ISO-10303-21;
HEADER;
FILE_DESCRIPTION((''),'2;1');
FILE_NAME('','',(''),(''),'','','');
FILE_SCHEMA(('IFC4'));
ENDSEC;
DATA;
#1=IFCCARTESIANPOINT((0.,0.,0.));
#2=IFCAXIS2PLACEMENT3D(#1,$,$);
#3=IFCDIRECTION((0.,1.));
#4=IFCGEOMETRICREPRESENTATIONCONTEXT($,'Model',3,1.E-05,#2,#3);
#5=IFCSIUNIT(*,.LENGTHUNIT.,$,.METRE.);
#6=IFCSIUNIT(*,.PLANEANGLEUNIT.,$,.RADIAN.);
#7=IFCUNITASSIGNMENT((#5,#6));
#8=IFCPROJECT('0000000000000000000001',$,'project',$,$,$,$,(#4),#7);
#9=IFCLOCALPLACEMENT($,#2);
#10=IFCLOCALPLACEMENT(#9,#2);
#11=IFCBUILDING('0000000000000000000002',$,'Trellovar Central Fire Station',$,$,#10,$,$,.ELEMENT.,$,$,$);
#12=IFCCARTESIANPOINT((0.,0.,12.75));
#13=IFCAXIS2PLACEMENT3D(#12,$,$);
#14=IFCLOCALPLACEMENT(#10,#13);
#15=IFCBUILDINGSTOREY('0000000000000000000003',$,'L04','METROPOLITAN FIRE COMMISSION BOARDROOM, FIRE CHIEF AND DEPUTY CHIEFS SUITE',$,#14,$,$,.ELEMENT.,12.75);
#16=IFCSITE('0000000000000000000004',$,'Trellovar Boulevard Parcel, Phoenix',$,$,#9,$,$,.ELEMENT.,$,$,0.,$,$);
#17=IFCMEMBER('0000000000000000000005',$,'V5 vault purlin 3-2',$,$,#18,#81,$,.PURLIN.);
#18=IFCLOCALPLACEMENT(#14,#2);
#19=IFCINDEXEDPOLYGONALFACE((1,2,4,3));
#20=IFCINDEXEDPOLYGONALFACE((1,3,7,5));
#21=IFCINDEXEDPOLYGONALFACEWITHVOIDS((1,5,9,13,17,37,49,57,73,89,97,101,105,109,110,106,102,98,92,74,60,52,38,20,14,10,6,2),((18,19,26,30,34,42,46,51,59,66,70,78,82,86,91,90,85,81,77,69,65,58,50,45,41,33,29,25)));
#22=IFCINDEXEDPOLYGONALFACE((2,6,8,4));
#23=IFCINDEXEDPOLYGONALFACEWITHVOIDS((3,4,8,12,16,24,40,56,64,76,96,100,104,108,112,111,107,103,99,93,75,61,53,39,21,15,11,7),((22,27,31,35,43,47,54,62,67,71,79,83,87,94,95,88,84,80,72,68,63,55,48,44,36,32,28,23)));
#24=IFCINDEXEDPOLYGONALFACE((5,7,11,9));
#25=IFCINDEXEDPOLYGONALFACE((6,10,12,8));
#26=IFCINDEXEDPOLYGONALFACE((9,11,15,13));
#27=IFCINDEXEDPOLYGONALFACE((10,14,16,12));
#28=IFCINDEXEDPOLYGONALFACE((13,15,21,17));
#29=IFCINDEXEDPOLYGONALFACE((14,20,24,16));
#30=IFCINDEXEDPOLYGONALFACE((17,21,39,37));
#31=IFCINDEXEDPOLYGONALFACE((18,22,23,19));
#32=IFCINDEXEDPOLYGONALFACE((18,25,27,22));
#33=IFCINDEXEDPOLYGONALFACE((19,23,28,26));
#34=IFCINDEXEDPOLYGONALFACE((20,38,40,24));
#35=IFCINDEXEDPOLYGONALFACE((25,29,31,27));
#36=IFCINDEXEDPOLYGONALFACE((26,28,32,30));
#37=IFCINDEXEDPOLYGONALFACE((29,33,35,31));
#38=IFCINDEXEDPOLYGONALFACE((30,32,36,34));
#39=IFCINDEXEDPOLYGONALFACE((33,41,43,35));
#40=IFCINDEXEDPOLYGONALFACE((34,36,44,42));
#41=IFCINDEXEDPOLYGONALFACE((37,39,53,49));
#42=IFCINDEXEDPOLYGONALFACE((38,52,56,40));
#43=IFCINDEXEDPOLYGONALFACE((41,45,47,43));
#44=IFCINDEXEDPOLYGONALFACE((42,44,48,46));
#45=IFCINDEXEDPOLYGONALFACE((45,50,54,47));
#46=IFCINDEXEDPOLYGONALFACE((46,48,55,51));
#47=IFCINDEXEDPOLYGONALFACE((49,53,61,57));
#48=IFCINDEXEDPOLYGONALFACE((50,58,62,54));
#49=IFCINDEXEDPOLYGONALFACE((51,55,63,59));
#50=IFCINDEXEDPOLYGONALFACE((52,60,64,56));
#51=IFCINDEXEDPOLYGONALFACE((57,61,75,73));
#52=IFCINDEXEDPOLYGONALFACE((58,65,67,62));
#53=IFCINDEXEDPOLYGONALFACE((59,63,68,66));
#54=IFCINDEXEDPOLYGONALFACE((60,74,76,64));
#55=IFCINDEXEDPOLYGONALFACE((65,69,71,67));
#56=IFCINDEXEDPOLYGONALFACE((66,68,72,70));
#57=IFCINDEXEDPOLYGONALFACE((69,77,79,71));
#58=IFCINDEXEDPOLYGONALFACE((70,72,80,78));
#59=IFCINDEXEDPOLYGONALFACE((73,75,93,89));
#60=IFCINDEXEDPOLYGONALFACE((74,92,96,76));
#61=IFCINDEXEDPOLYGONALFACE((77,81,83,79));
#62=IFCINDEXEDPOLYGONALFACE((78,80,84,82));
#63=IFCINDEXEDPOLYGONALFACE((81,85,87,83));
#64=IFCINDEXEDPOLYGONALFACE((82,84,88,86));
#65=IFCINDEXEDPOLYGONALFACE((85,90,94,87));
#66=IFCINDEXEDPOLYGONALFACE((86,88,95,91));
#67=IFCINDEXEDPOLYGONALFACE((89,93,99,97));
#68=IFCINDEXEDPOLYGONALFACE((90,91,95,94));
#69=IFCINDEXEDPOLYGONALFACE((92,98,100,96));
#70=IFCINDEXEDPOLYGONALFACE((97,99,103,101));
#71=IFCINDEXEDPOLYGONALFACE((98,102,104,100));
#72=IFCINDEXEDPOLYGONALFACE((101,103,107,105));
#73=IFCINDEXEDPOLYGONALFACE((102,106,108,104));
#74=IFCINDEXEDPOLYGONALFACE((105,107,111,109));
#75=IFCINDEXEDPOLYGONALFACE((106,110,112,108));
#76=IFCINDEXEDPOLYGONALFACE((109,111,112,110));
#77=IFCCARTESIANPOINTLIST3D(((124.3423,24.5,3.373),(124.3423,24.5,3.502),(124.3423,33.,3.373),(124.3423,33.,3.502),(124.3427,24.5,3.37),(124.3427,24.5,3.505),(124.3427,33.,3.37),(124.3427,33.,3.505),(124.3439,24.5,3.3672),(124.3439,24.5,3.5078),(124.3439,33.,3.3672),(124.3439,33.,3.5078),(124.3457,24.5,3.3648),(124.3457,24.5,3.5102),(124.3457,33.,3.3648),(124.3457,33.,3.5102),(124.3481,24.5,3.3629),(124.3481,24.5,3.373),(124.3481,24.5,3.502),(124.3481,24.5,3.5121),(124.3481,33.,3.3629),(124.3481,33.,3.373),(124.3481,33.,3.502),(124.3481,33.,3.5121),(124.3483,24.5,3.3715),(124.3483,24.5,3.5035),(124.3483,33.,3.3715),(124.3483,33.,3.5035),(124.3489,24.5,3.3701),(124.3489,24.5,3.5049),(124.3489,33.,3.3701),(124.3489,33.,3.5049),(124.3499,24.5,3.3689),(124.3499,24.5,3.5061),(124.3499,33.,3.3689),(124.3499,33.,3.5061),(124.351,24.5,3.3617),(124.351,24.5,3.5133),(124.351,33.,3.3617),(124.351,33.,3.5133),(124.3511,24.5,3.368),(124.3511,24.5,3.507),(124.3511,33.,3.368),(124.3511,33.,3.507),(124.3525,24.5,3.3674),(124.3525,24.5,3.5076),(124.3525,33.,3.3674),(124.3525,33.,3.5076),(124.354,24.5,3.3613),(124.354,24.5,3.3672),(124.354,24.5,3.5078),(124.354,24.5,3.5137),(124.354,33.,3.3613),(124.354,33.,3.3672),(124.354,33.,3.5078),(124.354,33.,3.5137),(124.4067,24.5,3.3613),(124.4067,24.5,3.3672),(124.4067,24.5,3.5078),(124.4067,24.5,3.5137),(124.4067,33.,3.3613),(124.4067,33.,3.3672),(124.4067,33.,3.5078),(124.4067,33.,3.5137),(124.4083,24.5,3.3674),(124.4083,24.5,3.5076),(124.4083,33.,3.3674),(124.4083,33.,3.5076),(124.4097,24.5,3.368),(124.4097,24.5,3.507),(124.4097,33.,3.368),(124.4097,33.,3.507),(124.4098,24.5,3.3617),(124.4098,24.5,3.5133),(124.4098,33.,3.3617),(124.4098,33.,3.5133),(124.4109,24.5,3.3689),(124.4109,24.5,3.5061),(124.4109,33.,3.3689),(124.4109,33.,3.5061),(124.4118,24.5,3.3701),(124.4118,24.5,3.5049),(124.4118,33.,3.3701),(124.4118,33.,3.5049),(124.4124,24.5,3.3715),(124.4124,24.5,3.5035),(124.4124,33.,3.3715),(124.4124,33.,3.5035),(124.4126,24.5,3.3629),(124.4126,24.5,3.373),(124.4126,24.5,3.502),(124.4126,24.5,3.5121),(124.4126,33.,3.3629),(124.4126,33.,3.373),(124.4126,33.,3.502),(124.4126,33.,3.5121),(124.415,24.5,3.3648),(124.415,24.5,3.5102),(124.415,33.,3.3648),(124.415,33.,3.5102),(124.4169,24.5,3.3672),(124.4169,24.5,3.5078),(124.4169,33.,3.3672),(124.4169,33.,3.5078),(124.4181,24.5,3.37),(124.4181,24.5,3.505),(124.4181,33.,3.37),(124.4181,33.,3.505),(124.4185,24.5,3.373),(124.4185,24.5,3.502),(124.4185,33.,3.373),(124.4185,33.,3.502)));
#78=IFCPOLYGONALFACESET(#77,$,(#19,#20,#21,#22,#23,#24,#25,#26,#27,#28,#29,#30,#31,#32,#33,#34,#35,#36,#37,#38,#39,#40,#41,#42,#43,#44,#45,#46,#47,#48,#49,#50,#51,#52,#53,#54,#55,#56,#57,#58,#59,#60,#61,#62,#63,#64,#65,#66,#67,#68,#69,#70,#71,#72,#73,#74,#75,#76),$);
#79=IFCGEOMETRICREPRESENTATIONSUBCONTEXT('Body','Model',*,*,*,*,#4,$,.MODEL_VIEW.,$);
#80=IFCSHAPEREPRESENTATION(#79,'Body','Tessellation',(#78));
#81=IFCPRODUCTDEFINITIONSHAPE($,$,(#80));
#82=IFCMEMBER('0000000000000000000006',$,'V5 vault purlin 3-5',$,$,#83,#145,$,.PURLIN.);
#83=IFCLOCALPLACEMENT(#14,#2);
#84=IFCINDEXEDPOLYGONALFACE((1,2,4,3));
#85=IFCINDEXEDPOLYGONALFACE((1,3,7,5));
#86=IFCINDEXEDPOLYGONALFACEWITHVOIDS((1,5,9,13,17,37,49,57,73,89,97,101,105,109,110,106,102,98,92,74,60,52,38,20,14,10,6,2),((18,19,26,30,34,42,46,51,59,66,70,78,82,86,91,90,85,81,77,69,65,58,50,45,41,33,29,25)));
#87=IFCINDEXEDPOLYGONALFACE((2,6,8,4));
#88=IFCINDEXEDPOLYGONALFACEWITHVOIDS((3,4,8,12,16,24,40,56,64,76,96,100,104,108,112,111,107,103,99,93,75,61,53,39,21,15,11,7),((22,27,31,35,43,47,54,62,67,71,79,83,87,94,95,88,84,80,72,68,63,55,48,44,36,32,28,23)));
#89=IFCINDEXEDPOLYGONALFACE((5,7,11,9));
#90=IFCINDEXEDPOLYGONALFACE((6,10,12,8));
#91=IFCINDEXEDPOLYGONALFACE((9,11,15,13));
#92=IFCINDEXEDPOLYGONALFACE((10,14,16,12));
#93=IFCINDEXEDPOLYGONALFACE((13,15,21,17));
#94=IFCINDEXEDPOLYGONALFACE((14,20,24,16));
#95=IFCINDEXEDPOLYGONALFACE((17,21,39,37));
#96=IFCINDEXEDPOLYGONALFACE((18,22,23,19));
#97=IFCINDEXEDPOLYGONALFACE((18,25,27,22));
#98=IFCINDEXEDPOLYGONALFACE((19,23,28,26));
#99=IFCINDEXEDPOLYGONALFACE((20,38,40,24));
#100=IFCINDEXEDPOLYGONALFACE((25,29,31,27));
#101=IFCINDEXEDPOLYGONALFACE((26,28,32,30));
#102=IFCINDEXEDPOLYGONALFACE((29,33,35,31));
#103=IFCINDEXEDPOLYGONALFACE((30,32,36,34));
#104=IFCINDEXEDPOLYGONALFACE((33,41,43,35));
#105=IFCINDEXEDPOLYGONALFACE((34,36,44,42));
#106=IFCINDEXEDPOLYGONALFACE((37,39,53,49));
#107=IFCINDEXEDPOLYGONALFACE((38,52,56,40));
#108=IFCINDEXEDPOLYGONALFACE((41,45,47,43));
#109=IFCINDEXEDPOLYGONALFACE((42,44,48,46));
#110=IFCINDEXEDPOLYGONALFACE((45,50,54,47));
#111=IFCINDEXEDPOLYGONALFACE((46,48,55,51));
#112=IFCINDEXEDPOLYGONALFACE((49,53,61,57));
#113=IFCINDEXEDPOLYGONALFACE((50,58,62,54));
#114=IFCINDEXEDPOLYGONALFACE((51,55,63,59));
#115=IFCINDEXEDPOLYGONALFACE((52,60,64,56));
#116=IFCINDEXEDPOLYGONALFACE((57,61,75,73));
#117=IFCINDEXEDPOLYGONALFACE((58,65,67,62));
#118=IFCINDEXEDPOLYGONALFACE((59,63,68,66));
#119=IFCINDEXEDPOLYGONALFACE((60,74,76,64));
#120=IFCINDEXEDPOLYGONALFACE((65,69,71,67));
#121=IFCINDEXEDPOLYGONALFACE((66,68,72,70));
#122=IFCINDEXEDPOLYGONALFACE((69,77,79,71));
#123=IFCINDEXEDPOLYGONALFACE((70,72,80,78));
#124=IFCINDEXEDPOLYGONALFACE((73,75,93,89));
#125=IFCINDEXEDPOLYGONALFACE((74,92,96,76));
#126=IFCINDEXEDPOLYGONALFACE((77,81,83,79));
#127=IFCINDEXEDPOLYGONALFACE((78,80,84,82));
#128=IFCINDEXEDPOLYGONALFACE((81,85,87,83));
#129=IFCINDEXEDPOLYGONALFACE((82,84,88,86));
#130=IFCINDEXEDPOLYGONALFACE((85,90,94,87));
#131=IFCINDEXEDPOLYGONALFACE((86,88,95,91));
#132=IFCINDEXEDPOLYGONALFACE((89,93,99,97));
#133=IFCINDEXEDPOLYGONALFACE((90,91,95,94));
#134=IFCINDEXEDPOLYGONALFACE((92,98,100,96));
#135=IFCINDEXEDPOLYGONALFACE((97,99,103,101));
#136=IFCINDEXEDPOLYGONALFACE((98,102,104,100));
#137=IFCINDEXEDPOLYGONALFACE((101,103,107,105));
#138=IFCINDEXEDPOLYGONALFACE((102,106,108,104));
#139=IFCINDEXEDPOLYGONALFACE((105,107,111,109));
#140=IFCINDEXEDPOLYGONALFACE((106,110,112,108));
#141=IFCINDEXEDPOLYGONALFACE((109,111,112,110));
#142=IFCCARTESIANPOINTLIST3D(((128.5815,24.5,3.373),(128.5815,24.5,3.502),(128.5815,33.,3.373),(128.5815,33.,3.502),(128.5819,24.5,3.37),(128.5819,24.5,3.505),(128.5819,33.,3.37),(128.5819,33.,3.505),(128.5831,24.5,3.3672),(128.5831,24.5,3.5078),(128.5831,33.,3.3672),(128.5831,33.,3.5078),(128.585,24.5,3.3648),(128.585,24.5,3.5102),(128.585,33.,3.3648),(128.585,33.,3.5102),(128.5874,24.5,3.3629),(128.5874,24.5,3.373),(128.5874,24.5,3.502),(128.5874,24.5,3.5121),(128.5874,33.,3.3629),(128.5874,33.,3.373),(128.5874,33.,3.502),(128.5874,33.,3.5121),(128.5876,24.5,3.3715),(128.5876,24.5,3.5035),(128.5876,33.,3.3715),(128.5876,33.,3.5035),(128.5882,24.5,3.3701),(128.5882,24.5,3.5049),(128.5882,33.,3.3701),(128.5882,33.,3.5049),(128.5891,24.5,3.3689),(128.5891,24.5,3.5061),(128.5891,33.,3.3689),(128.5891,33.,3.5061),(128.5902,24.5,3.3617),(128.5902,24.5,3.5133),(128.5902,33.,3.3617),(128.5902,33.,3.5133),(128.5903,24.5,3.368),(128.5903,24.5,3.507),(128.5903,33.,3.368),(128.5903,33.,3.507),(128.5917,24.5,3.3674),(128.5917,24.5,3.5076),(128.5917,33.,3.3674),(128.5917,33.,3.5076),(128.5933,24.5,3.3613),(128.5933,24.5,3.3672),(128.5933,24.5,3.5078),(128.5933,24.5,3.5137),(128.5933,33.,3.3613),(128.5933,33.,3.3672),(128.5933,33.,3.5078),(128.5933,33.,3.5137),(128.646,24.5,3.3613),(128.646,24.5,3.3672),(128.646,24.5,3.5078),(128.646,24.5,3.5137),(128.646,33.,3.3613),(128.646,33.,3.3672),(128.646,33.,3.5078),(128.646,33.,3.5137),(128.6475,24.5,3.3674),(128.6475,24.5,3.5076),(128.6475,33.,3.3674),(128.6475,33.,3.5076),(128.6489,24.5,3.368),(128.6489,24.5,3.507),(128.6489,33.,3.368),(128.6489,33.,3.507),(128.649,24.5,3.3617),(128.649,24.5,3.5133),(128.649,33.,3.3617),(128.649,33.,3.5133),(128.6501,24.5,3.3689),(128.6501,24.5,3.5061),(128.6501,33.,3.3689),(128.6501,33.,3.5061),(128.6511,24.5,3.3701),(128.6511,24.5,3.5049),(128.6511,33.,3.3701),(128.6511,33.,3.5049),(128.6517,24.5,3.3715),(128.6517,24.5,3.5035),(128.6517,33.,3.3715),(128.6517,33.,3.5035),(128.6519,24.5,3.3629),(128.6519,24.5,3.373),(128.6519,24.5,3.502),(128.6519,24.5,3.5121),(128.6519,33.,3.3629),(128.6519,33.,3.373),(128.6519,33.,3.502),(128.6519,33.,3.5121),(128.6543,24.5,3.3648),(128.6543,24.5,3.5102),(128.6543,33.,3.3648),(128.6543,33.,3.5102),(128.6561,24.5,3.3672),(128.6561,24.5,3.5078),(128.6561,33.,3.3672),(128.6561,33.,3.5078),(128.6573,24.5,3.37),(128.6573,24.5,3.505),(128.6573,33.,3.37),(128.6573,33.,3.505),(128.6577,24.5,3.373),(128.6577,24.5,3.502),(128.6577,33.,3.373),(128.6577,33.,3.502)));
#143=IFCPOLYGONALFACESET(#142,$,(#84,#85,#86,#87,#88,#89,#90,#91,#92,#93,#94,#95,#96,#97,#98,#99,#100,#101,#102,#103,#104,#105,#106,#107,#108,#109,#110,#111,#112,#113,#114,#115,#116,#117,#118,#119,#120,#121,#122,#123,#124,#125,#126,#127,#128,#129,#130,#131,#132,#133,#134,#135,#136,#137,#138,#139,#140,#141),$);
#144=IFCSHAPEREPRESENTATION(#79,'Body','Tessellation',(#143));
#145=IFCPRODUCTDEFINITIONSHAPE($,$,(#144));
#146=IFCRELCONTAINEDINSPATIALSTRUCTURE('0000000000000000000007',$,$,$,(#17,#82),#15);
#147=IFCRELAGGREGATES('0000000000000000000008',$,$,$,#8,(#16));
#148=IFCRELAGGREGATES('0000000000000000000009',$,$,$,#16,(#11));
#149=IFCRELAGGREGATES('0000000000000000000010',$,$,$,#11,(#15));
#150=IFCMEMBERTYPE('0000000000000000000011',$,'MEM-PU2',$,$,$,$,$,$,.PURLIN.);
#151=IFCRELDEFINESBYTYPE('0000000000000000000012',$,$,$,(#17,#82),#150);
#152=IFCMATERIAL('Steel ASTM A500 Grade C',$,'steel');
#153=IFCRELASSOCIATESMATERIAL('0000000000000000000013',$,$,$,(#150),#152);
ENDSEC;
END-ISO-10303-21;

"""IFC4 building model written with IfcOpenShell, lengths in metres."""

from ifc_helpers import new_model, si_unit, direction, frame, origin, origin_2d, place, context, subcontext, project, spatial, hollow_rectangle, extrude, material, material_profile, profile_set, type_object, element, save


model = new_model("IFC4")

# Units and contexts
model_context = context("Model", 3, precision=1e-05, world=origin(), true_north=direction((0.0, 1.0)))
body_context = subcontext(model_context, "Body", "Model", "MODEL_VIEW")
ifc_project = project(units=[si_unit("LENGTHUNIT", "METRE"), si_unit("PLANEANGLEUNIT", "RADIAN")], contexts=[model_context])

# Site, building, storey
site_placement = place(None, origin())
site = spatial("IfcSite", under=ifc_project, at=site_placement, Name="Trellovar Boulevard Parcel, Phoenix", CompositionType="ELEMENT", RefElevation=0.0)
building_placement = place(site_placement, origin())
building = spatial("IfcBuilding", under=site, at=building_placement, Name="Trellovar Central Fire Station", CompositionType="ELEMENT")
storey_placement = place(building_placement, frame((0.0, 0.0, 12.75)))
storey = spatial("IfcBuildingStorey", under=building, at=storey_placement, Name="L04", Description="METROPOLITAN FIRE COMMISSION BOARDROOM, FIRE CHIEF AND DEPUTY CHIEFS SUITE", CompositionType="ELEMENT", Elevation=12.75)

# Members
ifc_material_1 = material(Name="Steel ASTM A500 Grade C", Category="steel")
ifc_material_profile_1 = material_profile(ifc_material_1, hollow_rectangle(XDim=0.0762, YDim=0.1523, WallThickness=0.0059, InnerFilletRadius=0.0059, OuterFilletRadius=0.0117, at=origin_2d()), Name="HSS6X3X1/4")
ifc_profile_set_1 = profile_set([ifc_material_profile_1], Name="Steel ASTM A500 Grade C")
member_type_1 = type_object("IfcMemberType", Name="MEM-PU2", PredefinedType="PURLIN", material=ifc_profile_set_1)
for number, where, z_axis, x_axis, name in (
    (1, (124.3804, 24.5, 3.4375), (0.0, 1.0, 0.0), (-1.0, 0.0, 0.0), "V5 vault purlin 3-2"),
    (2, (128.6196, 24.5, 3.4375), (0.0, 1.0, 0.0), (-1.0, 0.0, 0.0), "V5 vault purlin 3-5"),
):
    element("IfcMember", number, at=place(storey_placement, frame(where, z_axis=z_axis, x_axis=x_axis)), inside=storey, type_object=member_type_1, Name=name, PredefinedType="PURLIN", context=body_context, shape_type="SweptSolid", body=[
        extrude(hollow_rectangle(XDim=0.0762, YDim=0.1523, WallThickness=0.0059, InnerFilletRadius=0.0059, OuterFilletRadius=0.0117, at=origin_2d()), origin(), (0.0, 0.0, 1.0), 8.5),
    ])

save(model, "model.ifc")
